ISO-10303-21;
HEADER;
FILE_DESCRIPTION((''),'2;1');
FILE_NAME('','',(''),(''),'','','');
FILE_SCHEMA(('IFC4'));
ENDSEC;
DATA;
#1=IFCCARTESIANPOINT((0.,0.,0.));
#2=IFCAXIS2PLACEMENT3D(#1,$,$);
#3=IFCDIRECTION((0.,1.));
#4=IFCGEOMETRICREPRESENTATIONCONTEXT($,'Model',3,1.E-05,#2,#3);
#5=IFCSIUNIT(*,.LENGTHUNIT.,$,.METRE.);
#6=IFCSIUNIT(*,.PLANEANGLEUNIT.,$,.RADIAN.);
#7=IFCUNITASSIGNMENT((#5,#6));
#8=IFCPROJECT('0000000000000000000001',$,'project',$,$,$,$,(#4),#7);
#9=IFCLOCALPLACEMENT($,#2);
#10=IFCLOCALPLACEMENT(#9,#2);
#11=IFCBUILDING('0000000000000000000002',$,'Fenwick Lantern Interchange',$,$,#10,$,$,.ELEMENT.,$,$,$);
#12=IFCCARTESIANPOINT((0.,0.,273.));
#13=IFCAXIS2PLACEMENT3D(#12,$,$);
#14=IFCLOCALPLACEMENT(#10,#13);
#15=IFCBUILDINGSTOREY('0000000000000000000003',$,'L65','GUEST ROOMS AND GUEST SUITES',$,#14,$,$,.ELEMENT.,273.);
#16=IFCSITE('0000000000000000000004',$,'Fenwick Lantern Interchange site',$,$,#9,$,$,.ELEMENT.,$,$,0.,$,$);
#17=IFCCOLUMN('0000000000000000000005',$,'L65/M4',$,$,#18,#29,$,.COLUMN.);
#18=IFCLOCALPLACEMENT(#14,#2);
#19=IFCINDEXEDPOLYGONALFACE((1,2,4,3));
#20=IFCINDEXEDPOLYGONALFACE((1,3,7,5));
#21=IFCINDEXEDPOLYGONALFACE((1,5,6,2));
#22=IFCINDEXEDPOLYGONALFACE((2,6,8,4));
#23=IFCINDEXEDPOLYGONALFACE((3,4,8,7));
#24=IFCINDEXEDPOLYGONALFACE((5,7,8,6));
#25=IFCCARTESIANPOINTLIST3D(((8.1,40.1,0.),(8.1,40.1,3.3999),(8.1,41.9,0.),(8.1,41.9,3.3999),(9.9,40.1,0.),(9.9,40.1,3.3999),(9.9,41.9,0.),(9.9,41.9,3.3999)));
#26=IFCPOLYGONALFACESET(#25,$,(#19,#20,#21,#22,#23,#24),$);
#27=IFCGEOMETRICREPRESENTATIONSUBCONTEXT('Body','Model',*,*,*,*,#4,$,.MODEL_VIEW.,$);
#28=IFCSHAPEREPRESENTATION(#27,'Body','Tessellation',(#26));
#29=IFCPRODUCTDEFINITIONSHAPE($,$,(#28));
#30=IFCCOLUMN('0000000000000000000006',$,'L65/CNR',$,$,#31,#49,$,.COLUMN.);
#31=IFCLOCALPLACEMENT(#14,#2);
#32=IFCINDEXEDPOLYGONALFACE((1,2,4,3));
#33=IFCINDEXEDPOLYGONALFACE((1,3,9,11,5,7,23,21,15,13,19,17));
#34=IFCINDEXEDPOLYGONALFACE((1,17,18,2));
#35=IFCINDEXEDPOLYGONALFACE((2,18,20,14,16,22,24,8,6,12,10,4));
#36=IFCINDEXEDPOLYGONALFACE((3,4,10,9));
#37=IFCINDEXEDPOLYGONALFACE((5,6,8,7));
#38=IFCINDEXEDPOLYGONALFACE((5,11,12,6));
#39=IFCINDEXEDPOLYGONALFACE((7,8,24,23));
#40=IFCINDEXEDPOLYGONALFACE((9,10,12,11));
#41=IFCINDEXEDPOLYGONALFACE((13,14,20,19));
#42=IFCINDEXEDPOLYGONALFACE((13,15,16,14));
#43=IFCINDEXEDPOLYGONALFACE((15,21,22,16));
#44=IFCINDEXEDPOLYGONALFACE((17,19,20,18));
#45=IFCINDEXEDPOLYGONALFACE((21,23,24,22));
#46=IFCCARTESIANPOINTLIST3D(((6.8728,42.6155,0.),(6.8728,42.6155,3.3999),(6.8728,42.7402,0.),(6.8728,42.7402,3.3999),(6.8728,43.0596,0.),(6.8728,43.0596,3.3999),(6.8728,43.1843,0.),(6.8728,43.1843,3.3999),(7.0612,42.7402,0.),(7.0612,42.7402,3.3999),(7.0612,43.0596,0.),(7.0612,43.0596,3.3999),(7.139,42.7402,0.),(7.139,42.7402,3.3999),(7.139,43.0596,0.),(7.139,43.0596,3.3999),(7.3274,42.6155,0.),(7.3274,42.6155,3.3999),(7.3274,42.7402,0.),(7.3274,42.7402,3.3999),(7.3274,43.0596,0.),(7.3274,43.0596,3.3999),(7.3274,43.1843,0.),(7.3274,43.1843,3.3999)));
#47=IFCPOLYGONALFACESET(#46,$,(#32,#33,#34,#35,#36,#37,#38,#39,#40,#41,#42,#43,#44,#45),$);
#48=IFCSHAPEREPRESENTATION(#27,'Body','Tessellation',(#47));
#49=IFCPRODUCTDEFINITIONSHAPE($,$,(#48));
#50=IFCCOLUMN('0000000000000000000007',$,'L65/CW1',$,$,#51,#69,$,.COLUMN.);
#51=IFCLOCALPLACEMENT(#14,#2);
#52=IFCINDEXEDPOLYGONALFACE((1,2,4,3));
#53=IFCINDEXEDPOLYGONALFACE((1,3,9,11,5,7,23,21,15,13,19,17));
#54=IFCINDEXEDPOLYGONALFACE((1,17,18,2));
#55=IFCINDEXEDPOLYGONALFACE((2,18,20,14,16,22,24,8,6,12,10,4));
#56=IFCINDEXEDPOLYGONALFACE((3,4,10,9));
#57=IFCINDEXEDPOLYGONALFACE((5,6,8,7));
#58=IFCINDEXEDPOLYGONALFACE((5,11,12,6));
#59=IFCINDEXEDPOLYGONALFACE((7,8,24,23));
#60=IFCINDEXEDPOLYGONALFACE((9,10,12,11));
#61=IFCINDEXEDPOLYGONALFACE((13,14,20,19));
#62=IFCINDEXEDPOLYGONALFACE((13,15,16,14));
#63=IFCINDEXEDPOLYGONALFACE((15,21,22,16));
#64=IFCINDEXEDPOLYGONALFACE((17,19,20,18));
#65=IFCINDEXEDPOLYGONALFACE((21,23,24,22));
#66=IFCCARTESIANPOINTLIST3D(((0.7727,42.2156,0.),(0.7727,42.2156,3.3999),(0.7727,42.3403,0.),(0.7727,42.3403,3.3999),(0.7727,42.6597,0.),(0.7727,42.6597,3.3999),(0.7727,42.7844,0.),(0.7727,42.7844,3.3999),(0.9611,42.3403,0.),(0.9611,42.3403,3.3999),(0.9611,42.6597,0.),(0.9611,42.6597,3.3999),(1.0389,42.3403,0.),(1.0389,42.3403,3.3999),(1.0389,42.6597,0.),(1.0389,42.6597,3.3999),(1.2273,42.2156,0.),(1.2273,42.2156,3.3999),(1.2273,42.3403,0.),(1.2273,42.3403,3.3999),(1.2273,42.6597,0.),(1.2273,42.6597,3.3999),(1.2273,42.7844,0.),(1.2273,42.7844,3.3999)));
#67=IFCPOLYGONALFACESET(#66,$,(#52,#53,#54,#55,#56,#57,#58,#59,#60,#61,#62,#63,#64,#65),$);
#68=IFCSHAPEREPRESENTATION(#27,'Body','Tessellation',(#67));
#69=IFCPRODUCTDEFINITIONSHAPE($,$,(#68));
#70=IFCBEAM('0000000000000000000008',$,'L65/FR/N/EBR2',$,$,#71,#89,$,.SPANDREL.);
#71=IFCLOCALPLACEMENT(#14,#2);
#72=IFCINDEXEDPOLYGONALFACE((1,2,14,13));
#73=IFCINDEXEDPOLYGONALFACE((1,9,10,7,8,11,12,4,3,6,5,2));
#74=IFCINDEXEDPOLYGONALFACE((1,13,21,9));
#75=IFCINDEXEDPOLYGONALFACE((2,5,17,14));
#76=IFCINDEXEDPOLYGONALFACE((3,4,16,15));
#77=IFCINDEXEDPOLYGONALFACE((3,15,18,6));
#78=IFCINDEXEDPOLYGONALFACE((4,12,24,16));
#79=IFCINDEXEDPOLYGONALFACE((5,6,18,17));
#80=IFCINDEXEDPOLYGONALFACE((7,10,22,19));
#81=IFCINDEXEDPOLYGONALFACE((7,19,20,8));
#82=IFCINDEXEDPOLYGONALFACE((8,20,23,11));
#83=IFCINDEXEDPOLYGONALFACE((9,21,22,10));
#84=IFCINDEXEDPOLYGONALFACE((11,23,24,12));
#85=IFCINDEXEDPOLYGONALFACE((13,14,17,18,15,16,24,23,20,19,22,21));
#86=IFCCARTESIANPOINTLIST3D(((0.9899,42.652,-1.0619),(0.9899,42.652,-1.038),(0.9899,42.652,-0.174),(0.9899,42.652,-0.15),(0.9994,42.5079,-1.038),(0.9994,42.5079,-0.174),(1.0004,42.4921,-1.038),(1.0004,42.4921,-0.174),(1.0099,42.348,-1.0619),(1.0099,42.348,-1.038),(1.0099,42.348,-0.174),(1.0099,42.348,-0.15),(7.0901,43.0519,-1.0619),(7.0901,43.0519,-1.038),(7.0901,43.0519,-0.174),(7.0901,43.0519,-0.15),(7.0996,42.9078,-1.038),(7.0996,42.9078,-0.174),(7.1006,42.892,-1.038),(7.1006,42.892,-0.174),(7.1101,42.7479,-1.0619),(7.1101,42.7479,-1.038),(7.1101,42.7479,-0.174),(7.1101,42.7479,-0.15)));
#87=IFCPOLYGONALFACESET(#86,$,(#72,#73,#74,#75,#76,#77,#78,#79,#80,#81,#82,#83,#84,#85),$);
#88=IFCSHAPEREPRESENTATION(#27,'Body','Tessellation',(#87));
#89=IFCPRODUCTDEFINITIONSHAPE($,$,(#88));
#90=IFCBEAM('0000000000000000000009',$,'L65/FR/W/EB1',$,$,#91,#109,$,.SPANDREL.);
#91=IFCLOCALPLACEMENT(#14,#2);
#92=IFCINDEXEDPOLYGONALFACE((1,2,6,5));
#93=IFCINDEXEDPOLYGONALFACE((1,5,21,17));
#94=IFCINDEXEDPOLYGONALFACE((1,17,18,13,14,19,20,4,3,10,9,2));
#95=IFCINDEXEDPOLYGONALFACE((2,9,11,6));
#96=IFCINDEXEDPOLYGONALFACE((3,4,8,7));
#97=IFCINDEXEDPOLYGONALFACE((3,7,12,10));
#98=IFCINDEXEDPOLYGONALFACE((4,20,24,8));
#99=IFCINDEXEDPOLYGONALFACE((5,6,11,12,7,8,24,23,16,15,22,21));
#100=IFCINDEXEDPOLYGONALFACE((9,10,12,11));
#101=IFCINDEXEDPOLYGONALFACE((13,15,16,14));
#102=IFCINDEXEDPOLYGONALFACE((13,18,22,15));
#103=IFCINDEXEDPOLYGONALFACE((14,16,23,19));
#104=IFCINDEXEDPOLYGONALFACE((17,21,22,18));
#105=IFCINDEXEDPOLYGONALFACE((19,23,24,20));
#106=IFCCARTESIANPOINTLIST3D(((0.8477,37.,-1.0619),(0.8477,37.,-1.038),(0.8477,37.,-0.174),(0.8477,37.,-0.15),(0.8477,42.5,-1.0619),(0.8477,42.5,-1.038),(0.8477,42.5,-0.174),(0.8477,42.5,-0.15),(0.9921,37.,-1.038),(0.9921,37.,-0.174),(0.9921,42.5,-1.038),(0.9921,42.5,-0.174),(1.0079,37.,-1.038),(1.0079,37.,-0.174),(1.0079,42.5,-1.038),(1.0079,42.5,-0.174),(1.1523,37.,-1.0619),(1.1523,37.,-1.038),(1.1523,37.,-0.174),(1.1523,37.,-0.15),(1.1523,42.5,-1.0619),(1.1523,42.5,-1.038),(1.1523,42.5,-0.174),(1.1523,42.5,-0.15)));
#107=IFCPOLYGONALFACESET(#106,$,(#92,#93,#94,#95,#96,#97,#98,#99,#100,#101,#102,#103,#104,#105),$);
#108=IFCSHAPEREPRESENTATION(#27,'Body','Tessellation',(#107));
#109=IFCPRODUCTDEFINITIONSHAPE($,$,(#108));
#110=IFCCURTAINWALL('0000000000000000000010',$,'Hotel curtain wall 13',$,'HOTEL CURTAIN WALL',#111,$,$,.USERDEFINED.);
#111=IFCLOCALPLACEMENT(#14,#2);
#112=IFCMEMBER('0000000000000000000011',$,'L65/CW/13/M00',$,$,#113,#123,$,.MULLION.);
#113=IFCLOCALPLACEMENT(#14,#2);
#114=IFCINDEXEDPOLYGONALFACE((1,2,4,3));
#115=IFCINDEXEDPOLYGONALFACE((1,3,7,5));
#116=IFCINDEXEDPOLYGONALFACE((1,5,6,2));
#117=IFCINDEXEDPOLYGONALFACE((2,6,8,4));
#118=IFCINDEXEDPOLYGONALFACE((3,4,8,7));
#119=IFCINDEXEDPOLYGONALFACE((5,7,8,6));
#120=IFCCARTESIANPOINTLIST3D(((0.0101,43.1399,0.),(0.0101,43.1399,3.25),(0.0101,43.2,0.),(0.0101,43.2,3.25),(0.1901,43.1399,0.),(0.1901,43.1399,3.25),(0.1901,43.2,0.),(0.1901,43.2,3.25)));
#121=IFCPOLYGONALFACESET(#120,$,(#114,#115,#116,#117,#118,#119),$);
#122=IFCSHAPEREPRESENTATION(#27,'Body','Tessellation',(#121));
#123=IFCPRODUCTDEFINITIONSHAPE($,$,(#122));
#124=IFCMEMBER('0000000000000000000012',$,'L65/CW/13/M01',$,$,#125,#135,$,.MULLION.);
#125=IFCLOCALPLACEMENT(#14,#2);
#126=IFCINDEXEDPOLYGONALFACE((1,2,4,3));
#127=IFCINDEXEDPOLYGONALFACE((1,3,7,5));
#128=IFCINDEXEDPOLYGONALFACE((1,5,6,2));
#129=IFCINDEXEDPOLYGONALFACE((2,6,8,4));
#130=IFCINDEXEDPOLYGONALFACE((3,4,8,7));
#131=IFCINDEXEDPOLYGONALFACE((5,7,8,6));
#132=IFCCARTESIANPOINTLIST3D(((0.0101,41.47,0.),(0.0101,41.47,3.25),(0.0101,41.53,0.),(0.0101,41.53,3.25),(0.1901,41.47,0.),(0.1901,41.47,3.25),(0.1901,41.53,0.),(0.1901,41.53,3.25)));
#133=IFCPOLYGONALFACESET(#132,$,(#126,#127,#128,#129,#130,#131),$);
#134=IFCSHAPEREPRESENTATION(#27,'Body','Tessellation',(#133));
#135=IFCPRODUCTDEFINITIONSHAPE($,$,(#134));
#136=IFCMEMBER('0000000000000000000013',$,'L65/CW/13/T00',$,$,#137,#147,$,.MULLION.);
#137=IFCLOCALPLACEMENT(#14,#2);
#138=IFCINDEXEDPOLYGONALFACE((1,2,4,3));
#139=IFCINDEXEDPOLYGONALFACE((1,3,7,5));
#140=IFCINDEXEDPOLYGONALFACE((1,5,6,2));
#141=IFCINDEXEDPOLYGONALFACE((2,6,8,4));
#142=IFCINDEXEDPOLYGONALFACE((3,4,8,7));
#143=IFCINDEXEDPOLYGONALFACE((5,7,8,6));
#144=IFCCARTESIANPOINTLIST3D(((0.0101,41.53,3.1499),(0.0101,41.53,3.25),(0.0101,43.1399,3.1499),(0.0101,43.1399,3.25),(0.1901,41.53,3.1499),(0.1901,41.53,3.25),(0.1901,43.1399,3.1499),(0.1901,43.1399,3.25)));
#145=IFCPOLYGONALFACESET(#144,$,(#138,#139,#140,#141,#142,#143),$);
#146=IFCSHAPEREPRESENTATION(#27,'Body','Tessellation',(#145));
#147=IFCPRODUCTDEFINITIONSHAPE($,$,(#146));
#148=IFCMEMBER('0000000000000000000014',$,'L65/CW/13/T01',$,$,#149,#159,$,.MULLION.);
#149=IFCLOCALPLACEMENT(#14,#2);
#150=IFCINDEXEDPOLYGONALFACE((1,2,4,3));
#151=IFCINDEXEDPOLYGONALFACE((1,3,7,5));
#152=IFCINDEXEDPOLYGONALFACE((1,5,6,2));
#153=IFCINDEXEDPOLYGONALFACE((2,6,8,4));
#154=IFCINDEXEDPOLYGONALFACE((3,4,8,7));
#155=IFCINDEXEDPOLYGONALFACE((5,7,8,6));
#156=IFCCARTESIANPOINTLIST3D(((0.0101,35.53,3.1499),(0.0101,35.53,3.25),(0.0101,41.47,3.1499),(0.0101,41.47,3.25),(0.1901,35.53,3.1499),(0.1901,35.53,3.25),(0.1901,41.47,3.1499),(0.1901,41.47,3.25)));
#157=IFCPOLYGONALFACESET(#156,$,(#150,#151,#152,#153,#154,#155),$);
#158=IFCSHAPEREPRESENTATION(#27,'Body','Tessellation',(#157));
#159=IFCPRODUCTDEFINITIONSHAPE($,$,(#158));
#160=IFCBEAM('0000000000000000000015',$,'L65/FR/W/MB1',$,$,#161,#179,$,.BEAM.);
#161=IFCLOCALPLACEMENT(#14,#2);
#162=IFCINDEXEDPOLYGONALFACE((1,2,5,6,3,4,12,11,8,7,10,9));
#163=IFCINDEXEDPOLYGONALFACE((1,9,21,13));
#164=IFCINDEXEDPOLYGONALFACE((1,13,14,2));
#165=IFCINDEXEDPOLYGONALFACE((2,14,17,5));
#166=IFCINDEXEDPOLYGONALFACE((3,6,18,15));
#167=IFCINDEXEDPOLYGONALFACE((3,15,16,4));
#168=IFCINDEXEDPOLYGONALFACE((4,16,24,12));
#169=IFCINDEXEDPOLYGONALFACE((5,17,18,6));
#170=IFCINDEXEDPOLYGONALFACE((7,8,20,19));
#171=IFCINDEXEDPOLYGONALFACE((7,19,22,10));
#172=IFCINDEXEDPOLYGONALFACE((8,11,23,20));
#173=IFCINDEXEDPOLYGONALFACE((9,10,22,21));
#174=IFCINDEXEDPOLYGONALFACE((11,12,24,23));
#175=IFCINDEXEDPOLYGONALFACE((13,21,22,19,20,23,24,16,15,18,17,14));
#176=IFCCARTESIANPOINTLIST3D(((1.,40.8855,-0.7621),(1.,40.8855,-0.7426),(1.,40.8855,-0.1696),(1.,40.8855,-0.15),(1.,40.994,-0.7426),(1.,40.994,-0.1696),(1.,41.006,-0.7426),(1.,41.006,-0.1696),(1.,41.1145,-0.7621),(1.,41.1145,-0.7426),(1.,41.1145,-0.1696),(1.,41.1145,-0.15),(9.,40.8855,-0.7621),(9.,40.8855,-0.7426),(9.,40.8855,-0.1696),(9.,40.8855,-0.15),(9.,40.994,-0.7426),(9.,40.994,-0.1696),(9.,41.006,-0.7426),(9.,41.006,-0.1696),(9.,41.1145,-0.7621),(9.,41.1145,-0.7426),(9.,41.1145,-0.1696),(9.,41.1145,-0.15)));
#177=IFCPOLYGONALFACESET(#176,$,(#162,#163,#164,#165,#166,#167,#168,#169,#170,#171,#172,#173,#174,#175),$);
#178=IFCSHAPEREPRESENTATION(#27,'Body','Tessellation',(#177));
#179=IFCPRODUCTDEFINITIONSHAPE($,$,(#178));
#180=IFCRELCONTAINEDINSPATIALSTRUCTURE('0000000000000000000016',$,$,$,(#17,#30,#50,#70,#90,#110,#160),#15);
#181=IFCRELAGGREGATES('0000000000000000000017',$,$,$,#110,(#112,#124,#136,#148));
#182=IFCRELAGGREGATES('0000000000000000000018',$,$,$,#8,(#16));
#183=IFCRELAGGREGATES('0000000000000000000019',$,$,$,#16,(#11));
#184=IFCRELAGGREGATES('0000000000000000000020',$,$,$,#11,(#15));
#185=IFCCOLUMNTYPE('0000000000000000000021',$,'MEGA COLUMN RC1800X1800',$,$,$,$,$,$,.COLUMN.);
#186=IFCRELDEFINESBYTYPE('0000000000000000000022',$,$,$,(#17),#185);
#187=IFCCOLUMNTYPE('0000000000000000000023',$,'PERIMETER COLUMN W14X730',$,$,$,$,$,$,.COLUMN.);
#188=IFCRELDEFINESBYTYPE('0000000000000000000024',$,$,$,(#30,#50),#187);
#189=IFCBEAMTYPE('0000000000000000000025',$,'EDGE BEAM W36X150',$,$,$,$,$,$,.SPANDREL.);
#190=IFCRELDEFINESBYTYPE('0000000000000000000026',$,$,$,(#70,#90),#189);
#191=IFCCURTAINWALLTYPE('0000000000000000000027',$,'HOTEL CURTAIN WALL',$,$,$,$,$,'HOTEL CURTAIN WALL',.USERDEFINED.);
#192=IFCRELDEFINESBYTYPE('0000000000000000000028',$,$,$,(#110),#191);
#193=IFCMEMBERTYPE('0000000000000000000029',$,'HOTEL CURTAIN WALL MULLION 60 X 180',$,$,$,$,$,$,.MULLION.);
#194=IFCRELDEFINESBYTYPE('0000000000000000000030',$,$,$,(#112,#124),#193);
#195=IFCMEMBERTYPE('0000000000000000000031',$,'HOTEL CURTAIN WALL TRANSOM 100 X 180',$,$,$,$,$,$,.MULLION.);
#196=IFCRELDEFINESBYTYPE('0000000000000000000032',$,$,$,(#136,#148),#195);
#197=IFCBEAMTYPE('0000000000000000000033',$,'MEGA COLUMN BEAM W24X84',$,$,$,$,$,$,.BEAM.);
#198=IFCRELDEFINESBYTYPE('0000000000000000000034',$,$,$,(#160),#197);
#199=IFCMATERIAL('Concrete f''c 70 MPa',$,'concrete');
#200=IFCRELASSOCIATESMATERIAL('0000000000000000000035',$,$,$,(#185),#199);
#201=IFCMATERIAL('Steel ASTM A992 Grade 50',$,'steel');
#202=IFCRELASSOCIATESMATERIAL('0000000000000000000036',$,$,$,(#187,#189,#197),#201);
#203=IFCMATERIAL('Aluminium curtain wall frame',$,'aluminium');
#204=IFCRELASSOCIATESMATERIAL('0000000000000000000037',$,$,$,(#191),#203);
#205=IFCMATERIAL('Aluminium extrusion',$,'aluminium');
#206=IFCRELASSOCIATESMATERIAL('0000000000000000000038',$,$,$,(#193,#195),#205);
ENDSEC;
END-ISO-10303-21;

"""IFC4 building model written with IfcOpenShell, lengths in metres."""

from ifc_helpers import new_model, si_unit, direction, frame, origin, origin_2d, place, context, subcontext, project, spatial, rectangle, i_section, extrude, material, material_profile, profile_set, type_object, element, aggregate, save


model = new_model("IFC4")

# Units and contexts
model_context = context("Model", 3, precision=1e-05, world=origin(), true_north=direction((0.0, 1.0)))
body_context = subcontext(model_context, "Body", "Model", "MODEL_VIEW")
ifc_project = project(units=[si_unit("LENGTHUNIT", "METRE"), si_unit("PLANEANGLEUNIT", "RADIAN")], contexts=[model_context])

# Site, building, storey
site_placement = place(None, origin())
site = spatial("IfcSite", under=ifc_project, at=site_placement, Name="Fenwick Lantern Interchange site", CompositionType="ELEMENT", RefElevation=0.0)
building_placement = place(site_placement, origin())
building = spatial("IfcBuilding", under=site, at=building_placement, Name="Fenwick Lantern Interchange", CompositionType="ELEMENT")
storey_placement = place(building_placement, frame((0.0, 0.0, 273.0)))
storey = spatial("IfcBuildingStorey", under=building, at=storey_placement, Name="L65", Description="GUEST ROOMS AND GUEST SUITES", CompositionType="ELEMENT", Elevation=273.0)

# Columns
ifc_material_1 = material(Name="Concrete f'c 70 MPa", Category="concrete")
ifc_material_profile_1 = material_profile(ifc_material_1, rectangle(XDim=1.8, YDim=1.8, at=origin_2d()), Name="RC1800X1800")
ifc_profile_set_1 = profile_set([ifc_material_profile_1], Name="Concrete f'c 70 MPa")
column_type_1 = type_object("IfcColumnType", Name="MEGA COLUMN RC1800X1800", PredefinedType="COLUMN", material=ifc_profile_set_1)
column_placement = place(storey_placement, frame((9.0, 41.0, 0.0), z_axis=(0.0, 0.0, 1.0), x_axis=(1.0, 0.0, 0.0)))
element("IfcColumn", 1, at=column_placement, inside=storey, type_object=column_type_1, Name="L65/M4", PredefinedType="COLUMN", context=body_context, shape_type="SweptSolid", body=[
    extrude(rectangle(XDim=1.8, YDim=1.8, at=origin_2d()), origin(), (0.0, 0.0, 1.0), 3.3999),
])
ifc_material_2 = material(Name="Steel ASTM A992 Grade 50", Category="steel")
ifc_material_profile_2 = material_profile(ifc_material_2, i_section(OverallWidth=0.4546, OverallDepth=0.5688, WebThickness=0.0779, FlangeThickness=0.1248, at=origin_2d()), Name="W14X730")
ifc_profile_set_2 = profile_set([ifc_material_profile_2], Name="Steel ASTM A992 Grade 50")
column_type_2 = type_object("IfcColumnType", Name="PERIMETER COLUMN W14X730", PredefinedType="COLUMN", material=ifc_profile_set_2)
for number, where, z_axis, x_axis, name in (
    (2, (7.1001, 42.8999, 0.0), (0.0, 0.0, 1.0), (1.0, 0.0, 0.0), "L65/CNR"),
    (3, (1.0, 42.5, 0.0), (0.0, 0.0, 1.0), (1.0, 0.0, 0.0), "L65/CW1"),
):
    element("IfcColumn", number, at=place(storey_placement, frame(where, z_axis=z_axis, x_axis=x_axis)), inside=storey, type_object=column_type_2, Name=name, PredefinedType="COLUMN", context=body_context, shape_type="SweptSolid", body=[
        extrude(i_section(OverallWidth=0.4546, OverallDepth=0.5688, WebThickness=0.0779, FlangeThickness=0.1248, at=origin_2d()), origin(), (0.0, 0.0, 1.0), 3.3999),
    ])

# Beams
ifc_material_profile_3 = material_profile(ifc_material_2, i_section(OverallWidth=0.3047, OverallDepth=0.9119, WebThickness=0.0159, FlangeThickness=0.0239, at=origin_2d()), Name="W36X150")
ifc_profile_set_3 = profile_set([ifc_material_profile_3], Name="Steel ASTM A992 Grade 50")
beam_type_1 = type_object("IfcBeamType", Name="EDGE BEAM W36X150", PredefinedType="SPANDREL", material=ifc_profile_set_3)
beam_1_placement = place(storey_placement, frame((7.1001, 42.8999, -0.606), z_axis=(-0.997858, -0.065416, 0.0), x_axis=(0.065416, -0.997858, 0.0)))
element("IfcBeam", 4, at=beam_1_placement, inside=storey, type_object=beam_type_1, Name="L65/FR/N/EBR2", PredefinedType="SPANDREL", context=body_context, shape_type="SweptSolid", body=[
    extrude(i_section(OverallWidth=0.3047, OverallDepth=0.9119, WebThickness=0.0159, FlangeThickness=0.0239, at=origin_2d()), origin(), (0.0, 0.0, 1.0), 6.1133),
])
beam_2_placement = place(storey_placement, frame((1.0, 42.5, -0.606), z_axis=(0.0, -1.0, 0.0), x_axis=(1.0, 0.0, 0.0)))
element("IfcBeam", 5, at=beam_2_placement, inside=storey, type_object=beam_type_1, Name="L65/FR/W/EB1", PredefinedType="SPANDREL", context=body_context, shape_type="SweptSolid", body=[
    extrude(i_section(OverallWidth=0.3047, OverallDepth=0.9119, WebThickness=0.0159, FlangeThickness=0.0239, at=origin_2d()), origin(), (0.0, 0.0, 1.0), 5.5),
])

# Curtain wall, members
ifc_material_3 = material(Name="Aluminium curtain wall frame", Category="aluminium")
curtain_wall_type = type_object("IfcCurtainWallType", Name="HOTEL CURTAIN WALL", ElementType="HOTEL CURTAIN WALL", PredefinedType="USERDEFINED", material=ifc_material_3)
curtain_wall_placement = place(storey_placement, origin())
curtain_wall = element("IfcCurtainWall", 6, at=curtain_wall_placement, inside=storey, type_object=curtain_wall_type, Name="Hotel curtain wall 13", ObjectType="HOTEL CURTAIN WALL", PredefinedType="USERDEFINED")
ifc_material_4 = material(Name="Aluminium extrusion", Category="aluminium")
ifc_material_profile_4 = material_profile(ifc_material_4, rectangle(XDim=0.1799, YDim=0.0601, at=origin_2d()), Name="HOTEL CURTAIN WALL MULLION 60 X 180")
ifc_profile_set_4 = profile_set([ifc_material_profile_4], Name="Aluminium extrusion")
member_type_1 = type_object("IfcMemberType", Name="HOTEL CURTAIN WALL MULLION 60 X 180", PredefinedType="MULLION", material=ifc_profile_set_4)
member_1_placement = place(storey_placement, frame((0.1001, 43.1699, 0.0), z_axis=(0.0, 0.0, 1.0), x_axis=(1.0, 0.0, 0.0)))
member_1 = element("IfcMember", 7, at=member_1_placement, type_object=member_type_1, Name="L65/CW/13/M00", PredefinedType="MULLION", context=body_context, shape_type="SweptSolid", body=[
    extrude(rectangle(XDim=0.1799, YDim=0.0601, at=origin_2d()), origin(), (0.0, 0.0, 1.0), 3.25),
])
member_2_placement = place(storey_placement, frame((0.1001, 41.5, 0.0), z_axis=(0.0, 0.0, 1.0), x_axis=(1.0, 0.0, 0.0)))
member_2 = element("IfcMember", 8, at=member_2_placement, type_object=member_type_1, Name="L65/CW/13/M01", PredefinedType="MULLION", context=body_context, shape_type="SweptSolid", body=[
    extrude(rectangle(XDim=0.1799, YDim=0.0601, at=origin_2d()), origin(), (0.0, 0.0, 1.0), 3.25),
])
ifc_material_profile_5 = material_profile(ifc_material_4, rectangle(XDim=0.1799, YDim=0.1001, at=origin_2d()), Name="HOTEL CURTAIN WALL TRANSOM 100 X 180")
ifc_profile_set_5 = profile_set([ifc_material_profile_5], Name="Aluminium extrusion")
member_type_2 = type_object("IfcMemberType", Name="HOTEL CURTAIN WALL TRANSOM 100 X 180", PredefinedType="MULLION", material=ifc_profile_set_5)
member_3_placement = place(storey_placement, frame((0.1001, 43.1399, 3.2), z_axis=(0.0, -1.0, 0.0), x_axis=(1.0, 0.0, 0.0)))
member_3 = element("IfcMember", 9, at=member_3_placement, type_object=member_type_2, Name="L65/CW/13/T00", PredefinedType="MULLION", context=body_context, shape_type="SweptSolid", body=[
    extrude(rectangle(XDim=0.1799, YDim=0.1001, at=origin_2d()), origin(), (0.0, 0.0, 1.0), 1.6099),
])
member_4_placement = place(storey_placement, frame((0.1001, 41.47, 3.2), z_axis=(0.0, -1.0, 0.0), x_axis=(1.0, 0.0, 0.0)))
member_4 = element("IfcMember", 10, at=member_4_placement, type_object=member_type_2, Name="L65/CW/13/T01", PredefinedType="MULLION", context=body_context, shape_type="SweptSolid", body=[
    extrude(rectangle(XDim=0.1799, YDim=0.1001, at=origin_2d()), origin(), (0.0, 0.0, 1.0), 5.9399),
])

# Beam
ifc_material_profile_6 = material_profile(ifc_material_2, i_section(OverallWidth=0.229, OverallDepth=0.6121, WebThickness=0.012, FlangeThickness=0.0195, at=origin_2d()), Name="W24X84")
ifc_profile_set_6 = profile_set([ifc_material_profile_6], Name="Steel ASTM A992 Grade 50")
beam_type_2 = type_object("IfcBeamType", Name="MEGA COLUMN BEAM W24X84", PredefinedType="BEAM", material=ifc_profile_set_6)
for number, where, z_axis, x_axis, name in (
    (11, (9.0, 41.0, -0.4561), (-1.0, 0.0, 0.0), (0.0, -1.0, 0.0), "L65/FR/W/MB1"),
):
    element("IfcBeam", number, at=place(storey_placement, frame(where, z_axis=z_axis, x_axis=x_axis)), inside=storey, type_object=beam_type_2, Name=name, PredefinedType="BEAM", context=body_context, shape_type="SweptSolid", body=[
        extrude(i_section(OverallWidth=0.229, OverallDepth=0.6121, WebThickness=0.012, FlangeThickness=0.0195, at=origin_2d()), origin(), (0.0, 0.0, 1.0), 8.0),
    ])

aggregate(curtain_wall, [member_1, member_2, member_3, member_4])

save(model, "model.ifc")
